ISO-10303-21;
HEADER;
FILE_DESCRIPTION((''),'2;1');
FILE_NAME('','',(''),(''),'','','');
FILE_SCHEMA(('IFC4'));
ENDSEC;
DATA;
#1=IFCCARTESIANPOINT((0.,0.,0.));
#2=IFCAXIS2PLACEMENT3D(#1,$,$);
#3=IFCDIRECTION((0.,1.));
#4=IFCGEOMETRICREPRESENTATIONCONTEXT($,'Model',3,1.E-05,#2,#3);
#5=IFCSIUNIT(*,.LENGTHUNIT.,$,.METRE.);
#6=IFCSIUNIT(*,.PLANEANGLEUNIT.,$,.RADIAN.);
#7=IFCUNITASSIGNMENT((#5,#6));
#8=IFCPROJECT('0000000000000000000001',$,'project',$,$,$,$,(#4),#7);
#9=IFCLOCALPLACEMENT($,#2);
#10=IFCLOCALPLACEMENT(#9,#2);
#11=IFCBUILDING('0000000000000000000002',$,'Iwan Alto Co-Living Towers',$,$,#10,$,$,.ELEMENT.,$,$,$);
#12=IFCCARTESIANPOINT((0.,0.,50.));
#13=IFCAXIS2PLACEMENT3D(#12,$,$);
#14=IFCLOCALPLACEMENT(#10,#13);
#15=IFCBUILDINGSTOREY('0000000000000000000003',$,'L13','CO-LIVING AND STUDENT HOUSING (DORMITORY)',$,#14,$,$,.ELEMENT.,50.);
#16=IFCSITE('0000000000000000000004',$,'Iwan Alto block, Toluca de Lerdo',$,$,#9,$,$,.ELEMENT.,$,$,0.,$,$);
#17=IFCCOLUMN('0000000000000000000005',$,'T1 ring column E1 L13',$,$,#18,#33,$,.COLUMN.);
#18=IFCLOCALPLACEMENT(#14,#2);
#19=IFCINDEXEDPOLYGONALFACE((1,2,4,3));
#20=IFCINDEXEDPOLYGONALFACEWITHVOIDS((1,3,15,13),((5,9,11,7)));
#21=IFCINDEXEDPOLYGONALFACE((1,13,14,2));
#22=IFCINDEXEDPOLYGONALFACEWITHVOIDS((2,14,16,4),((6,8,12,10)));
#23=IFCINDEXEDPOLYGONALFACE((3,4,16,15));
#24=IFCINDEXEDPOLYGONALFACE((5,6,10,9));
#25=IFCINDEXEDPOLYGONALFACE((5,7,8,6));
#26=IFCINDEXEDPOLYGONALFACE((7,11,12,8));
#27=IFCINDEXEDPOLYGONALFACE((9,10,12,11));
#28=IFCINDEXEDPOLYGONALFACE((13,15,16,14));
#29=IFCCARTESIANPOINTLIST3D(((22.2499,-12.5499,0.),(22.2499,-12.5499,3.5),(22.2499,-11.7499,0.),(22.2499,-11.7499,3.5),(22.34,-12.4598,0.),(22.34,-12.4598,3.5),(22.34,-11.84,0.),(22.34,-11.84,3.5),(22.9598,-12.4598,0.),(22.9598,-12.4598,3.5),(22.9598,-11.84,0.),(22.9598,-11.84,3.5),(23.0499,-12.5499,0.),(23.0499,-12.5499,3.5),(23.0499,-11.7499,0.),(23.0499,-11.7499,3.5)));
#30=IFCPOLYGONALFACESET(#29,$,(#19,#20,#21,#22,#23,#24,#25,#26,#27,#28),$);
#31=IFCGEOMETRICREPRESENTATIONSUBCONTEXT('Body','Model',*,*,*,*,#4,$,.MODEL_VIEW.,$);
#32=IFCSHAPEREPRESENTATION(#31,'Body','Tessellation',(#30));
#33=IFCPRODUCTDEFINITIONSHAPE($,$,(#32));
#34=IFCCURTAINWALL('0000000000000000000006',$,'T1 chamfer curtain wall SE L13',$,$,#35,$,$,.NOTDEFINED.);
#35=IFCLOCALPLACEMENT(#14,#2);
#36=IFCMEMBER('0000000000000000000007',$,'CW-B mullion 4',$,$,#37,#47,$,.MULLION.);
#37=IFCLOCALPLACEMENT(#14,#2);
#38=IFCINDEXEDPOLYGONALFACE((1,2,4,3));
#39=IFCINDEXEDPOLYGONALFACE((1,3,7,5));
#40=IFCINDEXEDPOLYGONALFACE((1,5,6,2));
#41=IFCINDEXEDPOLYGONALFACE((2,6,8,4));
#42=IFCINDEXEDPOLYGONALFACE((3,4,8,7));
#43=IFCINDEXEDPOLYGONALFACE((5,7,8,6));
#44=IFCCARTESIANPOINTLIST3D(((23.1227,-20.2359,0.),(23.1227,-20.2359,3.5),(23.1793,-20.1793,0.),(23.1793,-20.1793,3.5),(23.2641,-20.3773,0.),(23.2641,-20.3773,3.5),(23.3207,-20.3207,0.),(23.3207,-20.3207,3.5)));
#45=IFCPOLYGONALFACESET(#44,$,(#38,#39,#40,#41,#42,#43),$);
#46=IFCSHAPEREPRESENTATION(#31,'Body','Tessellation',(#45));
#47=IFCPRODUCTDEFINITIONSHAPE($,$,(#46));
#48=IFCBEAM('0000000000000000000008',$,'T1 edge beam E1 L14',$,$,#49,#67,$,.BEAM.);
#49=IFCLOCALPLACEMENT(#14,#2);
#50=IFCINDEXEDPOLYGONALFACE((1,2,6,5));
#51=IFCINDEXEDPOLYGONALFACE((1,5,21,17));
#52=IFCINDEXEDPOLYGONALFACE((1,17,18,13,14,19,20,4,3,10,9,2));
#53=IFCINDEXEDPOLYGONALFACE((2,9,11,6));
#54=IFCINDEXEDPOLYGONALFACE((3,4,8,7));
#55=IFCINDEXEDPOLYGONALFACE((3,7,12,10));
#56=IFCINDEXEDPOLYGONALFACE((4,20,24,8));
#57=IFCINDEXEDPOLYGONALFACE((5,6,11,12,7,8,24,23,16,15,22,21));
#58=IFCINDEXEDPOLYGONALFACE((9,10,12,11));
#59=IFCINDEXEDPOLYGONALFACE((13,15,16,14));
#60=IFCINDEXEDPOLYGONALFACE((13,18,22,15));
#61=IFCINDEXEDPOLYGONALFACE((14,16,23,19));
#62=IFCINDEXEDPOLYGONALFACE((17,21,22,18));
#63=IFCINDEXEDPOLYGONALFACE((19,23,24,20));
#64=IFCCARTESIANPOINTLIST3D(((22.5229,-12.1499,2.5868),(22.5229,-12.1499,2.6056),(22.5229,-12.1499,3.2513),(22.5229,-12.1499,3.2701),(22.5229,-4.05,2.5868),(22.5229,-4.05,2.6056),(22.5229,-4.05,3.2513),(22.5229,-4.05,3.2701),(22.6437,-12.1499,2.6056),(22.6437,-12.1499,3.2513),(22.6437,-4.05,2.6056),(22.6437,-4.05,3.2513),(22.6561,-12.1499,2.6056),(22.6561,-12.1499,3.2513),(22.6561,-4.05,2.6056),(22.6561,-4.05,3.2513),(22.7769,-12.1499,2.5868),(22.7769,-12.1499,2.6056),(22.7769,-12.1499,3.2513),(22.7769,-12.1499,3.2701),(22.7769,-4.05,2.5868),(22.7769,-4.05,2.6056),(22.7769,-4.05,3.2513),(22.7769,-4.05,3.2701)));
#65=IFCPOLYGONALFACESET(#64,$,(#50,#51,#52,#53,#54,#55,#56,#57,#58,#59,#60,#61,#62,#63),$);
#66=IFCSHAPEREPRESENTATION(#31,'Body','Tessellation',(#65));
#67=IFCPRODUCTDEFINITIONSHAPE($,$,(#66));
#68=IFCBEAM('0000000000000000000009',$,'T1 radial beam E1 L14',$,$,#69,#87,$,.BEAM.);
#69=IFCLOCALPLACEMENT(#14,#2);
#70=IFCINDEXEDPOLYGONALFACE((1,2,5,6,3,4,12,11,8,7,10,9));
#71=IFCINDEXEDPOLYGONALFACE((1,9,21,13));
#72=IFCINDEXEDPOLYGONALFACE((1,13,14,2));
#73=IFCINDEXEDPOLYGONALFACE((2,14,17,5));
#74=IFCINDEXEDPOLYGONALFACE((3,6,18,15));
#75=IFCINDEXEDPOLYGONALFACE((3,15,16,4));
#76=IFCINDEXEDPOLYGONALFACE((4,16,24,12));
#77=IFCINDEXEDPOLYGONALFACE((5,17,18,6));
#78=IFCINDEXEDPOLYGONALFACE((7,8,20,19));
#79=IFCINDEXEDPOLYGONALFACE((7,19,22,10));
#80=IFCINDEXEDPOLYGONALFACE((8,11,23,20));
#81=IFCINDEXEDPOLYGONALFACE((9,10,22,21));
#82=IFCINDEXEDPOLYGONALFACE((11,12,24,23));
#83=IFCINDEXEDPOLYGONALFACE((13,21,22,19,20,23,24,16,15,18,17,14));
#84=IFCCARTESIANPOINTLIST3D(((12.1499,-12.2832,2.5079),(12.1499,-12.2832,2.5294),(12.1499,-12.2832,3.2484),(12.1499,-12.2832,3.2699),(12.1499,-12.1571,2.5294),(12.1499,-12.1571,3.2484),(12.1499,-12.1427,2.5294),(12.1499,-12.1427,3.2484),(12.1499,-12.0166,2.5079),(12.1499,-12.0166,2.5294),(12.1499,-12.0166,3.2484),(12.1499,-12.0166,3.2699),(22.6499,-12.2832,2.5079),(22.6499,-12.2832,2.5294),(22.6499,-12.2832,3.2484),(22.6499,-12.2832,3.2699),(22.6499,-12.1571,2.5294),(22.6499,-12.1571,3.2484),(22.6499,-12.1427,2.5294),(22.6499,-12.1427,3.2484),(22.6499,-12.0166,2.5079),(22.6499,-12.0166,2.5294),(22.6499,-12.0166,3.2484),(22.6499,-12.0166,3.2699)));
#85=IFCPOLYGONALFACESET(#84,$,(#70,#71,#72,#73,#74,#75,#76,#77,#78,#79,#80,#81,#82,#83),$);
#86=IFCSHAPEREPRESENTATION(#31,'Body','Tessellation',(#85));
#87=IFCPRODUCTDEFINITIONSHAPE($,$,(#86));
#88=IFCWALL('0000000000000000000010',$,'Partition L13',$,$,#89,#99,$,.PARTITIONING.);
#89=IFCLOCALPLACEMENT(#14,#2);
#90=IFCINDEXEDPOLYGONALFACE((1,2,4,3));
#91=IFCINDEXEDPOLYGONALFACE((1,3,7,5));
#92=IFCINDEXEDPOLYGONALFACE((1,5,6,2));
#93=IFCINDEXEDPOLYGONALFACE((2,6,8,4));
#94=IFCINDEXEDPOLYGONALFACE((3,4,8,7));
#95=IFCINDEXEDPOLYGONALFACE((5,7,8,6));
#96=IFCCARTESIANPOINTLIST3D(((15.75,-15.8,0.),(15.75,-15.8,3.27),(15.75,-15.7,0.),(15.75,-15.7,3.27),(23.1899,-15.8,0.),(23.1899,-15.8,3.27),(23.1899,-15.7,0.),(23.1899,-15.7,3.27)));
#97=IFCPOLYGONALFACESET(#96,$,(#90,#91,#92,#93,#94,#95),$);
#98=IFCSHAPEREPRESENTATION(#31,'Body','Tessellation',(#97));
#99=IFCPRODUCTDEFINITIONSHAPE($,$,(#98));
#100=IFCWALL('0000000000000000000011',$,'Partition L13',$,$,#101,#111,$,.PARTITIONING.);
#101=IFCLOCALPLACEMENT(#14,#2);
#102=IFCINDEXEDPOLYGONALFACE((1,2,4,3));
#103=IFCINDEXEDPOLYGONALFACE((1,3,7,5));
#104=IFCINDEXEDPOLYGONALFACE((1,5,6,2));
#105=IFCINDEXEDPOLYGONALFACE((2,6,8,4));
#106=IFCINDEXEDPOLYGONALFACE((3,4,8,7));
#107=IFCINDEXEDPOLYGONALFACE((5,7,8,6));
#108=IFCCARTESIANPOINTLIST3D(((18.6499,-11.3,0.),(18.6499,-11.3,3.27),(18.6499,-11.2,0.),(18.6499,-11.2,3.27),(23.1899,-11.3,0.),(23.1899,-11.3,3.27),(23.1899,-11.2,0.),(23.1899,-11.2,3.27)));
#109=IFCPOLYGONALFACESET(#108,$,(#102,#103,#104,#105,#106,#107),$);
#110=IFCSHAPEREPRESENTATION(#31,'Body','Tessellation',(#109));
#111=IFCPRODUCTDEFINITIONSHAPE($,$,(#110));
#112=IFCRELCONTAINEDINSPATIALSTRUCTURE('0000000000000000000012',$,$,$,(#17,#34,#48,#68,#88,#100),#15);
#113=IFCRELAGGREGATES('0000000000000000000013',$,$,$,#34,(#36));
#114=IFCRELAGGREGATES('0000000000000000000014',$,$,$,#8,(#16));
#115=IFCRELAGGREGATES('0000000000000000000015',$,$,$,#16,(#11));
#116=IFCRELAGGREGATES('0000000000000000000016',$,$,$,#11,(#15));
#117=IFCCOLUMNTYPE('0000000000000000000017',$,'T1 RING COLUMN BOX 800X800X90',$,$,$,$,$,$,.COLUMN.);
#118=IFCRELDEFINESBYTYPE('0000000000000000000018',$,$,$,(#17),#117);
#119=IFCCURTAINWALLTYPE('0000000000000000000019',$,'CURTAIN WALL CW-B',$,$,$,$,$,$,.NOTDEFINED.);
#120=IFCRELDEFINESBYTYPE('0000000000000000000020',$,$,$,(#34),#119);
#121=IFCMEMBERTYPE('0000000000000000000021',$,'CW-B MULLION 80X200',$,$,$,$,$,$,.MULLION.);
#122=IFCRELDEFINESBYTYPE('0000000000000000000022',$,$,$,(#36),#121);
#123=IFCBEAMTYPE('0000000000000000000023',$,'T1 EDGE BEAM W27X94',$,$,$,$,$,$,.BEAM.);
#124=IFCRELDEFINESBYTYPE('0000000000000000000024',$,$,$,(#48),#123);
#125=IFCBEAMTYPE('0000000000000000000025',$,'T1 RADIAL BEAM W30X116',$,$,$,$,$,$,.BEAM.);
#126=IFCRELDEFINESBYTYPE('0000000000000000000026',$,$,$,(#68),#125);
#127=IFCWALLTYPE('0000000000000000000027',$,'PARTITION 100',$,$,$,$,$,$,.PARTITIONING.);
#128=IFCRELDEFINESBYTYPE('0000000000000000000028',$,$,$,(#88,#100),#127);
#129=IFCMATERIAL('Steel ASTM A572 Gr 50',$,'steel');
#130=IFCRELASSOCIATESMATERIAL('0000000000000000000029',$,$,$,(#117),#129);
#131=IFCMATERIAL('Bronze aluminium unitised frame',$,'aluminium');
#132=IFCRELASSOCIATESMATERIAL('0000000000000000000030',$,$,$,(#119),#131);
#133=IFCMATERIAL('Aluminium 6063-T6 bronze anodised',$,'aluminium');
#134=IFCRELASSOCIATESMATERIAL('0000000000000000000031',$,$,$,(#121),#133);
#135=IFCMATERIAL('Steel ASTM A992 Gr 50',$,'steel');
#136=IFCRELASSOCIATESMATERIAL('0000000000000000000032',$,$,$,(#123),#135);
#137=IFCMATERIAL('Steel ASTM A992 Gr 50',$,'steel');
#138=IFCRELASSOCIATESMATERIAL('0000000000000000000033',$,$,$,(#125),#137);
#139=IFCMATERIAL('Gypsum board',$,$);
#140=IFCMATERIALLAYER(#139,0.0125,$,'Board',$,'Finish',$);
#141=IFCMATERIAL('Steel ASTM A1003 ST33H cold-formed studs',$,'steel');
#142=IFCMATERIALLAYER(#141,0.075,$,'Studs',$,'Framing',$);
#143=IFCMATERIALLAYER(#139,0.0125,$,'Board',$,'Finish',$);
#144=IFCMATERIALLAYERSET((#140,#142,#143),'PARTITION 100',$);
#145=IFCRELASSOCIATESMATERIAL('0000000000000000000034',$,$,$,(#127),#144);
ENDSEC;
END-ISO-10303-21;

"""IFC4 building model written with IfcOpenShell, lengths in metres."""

from ifc_helpers import new_model, si_unit, direction, frame, frame_2d, origin, origin_2d, place, context, subcontext, project, spatial, rectangle, hollow_rectangle, i_section, extrude, material, layer, layer_set, material_profile, profile_set, type_object, element, aggregate, save


model = new_model("IFC4")

# Units and contexts
model_context = context("Model", 3, precision=1e-05, world=origin(), true_north=direction((0.0, 1.0)))
body_context = subcontext(model_context, "Body", "Model", "MODEL_VIEW")
ifc_project = project(units=[si_unit("LENGTHUNIT", "METRE"), si_unit("PLANEANGLEUNIT", "RADIAN")], contexts=[model_context])

# Site, building, storey
site_placement = place(None, origin())
site = spatial("IfcSite", under=ifc_project, at=site_placement, Name="Iwan Alto block, Toluca de Lerdo", CompositionType="ELEMENT", RefElevation=0.0)
building_placement = place(site_placement, origin())
building = spatial("IfcBuilding", under=site, at=building_placement, Name="Iwan Alto Co-Living Towers", CompositionType="ELEMENT")
storey_placement = place(building_placement, frame((0.0, 0.0, 50.0)))
storey = spatial("IfcBuildingStorey", under=building, at=storey_placement, Name="L13", Description="CO-LIVING AND STUDENT HOUSING (DORMITORY)", CompositionType="ELEMENT", Elevation=50.0)

# Column
ifc_material_1 = material(Name="Steel ASTM A572 Gr 50", Category="steel")
ifc_material_profile_1 = material_profile(ifc_material_1, hollow_rectangle(XDim=0.8, YDim=0.8, WallThickness=0.0901, at=origin_2d()), Name="BOX 800X800X90")
ifc_profile_set_1 = profile_set([ifc_material_profile_1], Name="Steel ASTM A572 Gr 50")
column_type = type_object("IfcColumnType", Name="T1 RING COLUMN BOX 800X800X90", PredefinedType="COLUMN", material=ifc_profile_set_1)
column_placement = place(storey_placement, frame((22.6499, -12.1499, 0.0), z_axis=(0.0, 0.0, 1.0), x_axis=(1.0, 0.0, 0.0)))
element("IfcColumn", 1, at=column_placement, inside=storey, type_object=column_type, Name="T1 ring column E1 L13", PredefinedType="COLUMN", context=body_context, shape_type="SweptSolid", body=[
    extrude(hollow_rectangle(XDim=0.8, YDim=0.8, WallThickness=0.0901, at=origin_2d()), origin(), (0.0, 0.0, 1.0), 3.5),
])

# Curtain wall, member
ifc_material_2 = material(Name="Bronze aluminium unitised frame", Category="aluminium")
curtain_wall_type = type_object("IfcCurtainWallType", Name="CURTAIN WALL CW-B", PredefinedType="NOTDEFINED", material=ifc_material_2)
curtain_wall_placement = place(storey_placement, origin())
curtain_wall = element("IfcCurtainWall", 2, at=curtain_wall_placement, inside=storey, type_object=curtain_wall_type, Name="T1 chamfer curtain wall SE L13", PredefinedType="NOTDEFINED")
ifc_material_3 = material(Name="Aluminium 6063-T6 bronze anodised", Category="aluminium")
ifc_material_profile_2 = material_profile(ifc_material_3, rectangle(XDim=0.2, YDim=0.0801, at=origin_2d()), Name="AL 80X200")
ifc_profile_set_2 = profile_set([ifc_material_profile_2], Name="Aluminium 6063-T6 bronze anodised")
member_type = type_object("IfcMemberType", Name="CW-B MULLION 80X200", PredefinedType="MULLION", material=ifc_profile_set_2)
member_placement = place(storey_placement, frame((23.2217, -20.2783, 0.0), z_axis=(0.0, 0.0, 1.0), x_axis=(-0.707107, 0.707107, 0.0)))
member = element("IfcMember", 3, at=member_placement, type_object=member_type, Name="CW-B mullion 4", PredefinedType="MULLION", context=body_context, shape_type="SweptSolid", body=[
    extrude(rectangle(XDim=0.2, YDim=0.0801, at=origin_2d()), origin(), (0.0, 0.0, 1.0), 3.5),
])
aggregate(curtain_wall, [member])

# Beams
ifc_material_4 = material(Name="Steel ASTM A992 Gr 50", Category="steel")
ifc_material_profile_3 = material_profile(ifc_material_4, i_section(OverallWidth=0.2539, OverallDepth=0.6833, WebThickness=0.0125, FlangeThickness=0.0188, at=origin_2d()), Name="W27X94")
ifc_profile_set_3 = profile_set([ifc_material_profile_3], Name="Steel ASTM A992 Gr 50")
beam_type_1 = type_object("IfcBeamType", Name="T1 EDGE BEAM W27X94", PredefinedType="BEAM", material=ifc_profile_set_3)
beam_1_placement = place(storey_placement, frame((22.6499, -12.1499, 2.9285), z_axis=(0.0, 1.0, 0.0), x_axis=(-1.0, 0.0, 0.0)))
element("IfcBeam", 4, at=beam_1_placement, inside=storey, type_object=beam_type_1, Name="T1 edge beam E1 L14", PredefinedType="BEAM", context=body_context, shape_type="SweptSolid", body=[
    extrude(i_section(OverallWidth=0.2539, OverallDepth=0.6833, WebThickness=0.0125, FlangeThickness=0.0188, at=origin_2d()), origin(), (0.0, 0.0, 1.0), 8.0999),
])
ifc_material_5 = material(Name="Steel ASTM A992 Gr 50", Category="steel")
ifc_material_profile_4 = material_profile(ifc_material_5, i_section(OverallWidth=0.2666, OverallDepth=0.762, WebThickness=0.0144, FlangeThickness=0.0215, at=origin_2d()), Name="W30X116")
ifc_profile_set_4 = profile_set([ifc_material_profile_4], Name="Steel ASTM A992 Gr 50")
beam_type_2 = type_object("IfcBeamType", Name="T1 RADIAL BEAM W30X116", PredefinedType="BEAM", material=ifc_profile_set_4)
beam_2_placement = place(storey_placement, frame((22.6499, -12.1499, 2.8889), z_axis=(-1.0, 0.0, 0.0), x_axis=(0.0, -1.0, 0.0)))
element("IfcBeam", 5, at=beam_2_placement, inside=storey, type_object=beam_type_2, Name="T1 radial beam E1 L14", PredefinedType="BEAM", context=body_context, shape_type="SweptSolid", body=[
    extrude(i_section(OverallWidth=0.2666, OverallDepth=0.762, WebThickness=0.0144, FlangeThickness=0.0215, at=origin_2d()), origin(), (0.0, 0.0, 1.0), 10.5),
])

# Walls
ifc_material_6 = material(Name="Gypsum board")
ifc_layer_1 = layer(ifc_material_6, 0.0125, Name="Board", Category="Finish")
ifc_material_7 = material(Name="Steel ASTM A1003 ST33H cold-formed studs", Category="steel")
ifc_layer_2 = layer(ifc_material_7, 0.075, Name="Studs", Category="Framing")
ifc_layer_3 = layer(ifc_material_6, 0.0125, Name="Board", Category="Finish")
ifc_layer_set_1 = layer_set([ifc_layer_1, ifc_layer_2, ifc_layer_3], Name="PARTITION 100")
wall_type_1 = type_object("IfcWallType", Name="PARTITION 100", PredefinedType="PARTITIONING", material=ifc_layer_set_1)
wall_1_placement = place(storey_placement, frame((15.75, -15.75, 0.0), z_axis=(0.0, 0.0, 1.0), x_axis=(1.0, 0.0, 0.0)))
element("IfcWall", 6, at=wall_1_placement, inside=storey, type_object=wall_type_1, Name="Partition L13", PredefinedType="PARTITIONING", context=body_context, shape_type="SweptSolid", body=[
    extrude(rectangle(XDim=7.4399, YDim=0.1001, at=frame_2d((3.72, 0.0))), origin(), (0.0, 0.0, 1.0), 3.27),
])
wall_2_placement = place(storey_placement, frame((18.6499, -11.25, 0.0), z_axis=(0.0, 0.0, 1.0), x_axis=(1.0, 0.0, 0.0)))
element("IfcWall", 7, at=wall_2_placement, inside=storey, type_object=wall_type_1, Name="Partition L13", PredefinedType="PARTITIONING", context=body_context, shape_type="SweptSolid", body=[
    extrude(rectangle(XDim=4.54, YDim=0.1001, at=frame_2d((2.27, 0.0))), origin(), (0.0, 0.0, 1.0), 3.27),
])

save(model, "model.ifc")
